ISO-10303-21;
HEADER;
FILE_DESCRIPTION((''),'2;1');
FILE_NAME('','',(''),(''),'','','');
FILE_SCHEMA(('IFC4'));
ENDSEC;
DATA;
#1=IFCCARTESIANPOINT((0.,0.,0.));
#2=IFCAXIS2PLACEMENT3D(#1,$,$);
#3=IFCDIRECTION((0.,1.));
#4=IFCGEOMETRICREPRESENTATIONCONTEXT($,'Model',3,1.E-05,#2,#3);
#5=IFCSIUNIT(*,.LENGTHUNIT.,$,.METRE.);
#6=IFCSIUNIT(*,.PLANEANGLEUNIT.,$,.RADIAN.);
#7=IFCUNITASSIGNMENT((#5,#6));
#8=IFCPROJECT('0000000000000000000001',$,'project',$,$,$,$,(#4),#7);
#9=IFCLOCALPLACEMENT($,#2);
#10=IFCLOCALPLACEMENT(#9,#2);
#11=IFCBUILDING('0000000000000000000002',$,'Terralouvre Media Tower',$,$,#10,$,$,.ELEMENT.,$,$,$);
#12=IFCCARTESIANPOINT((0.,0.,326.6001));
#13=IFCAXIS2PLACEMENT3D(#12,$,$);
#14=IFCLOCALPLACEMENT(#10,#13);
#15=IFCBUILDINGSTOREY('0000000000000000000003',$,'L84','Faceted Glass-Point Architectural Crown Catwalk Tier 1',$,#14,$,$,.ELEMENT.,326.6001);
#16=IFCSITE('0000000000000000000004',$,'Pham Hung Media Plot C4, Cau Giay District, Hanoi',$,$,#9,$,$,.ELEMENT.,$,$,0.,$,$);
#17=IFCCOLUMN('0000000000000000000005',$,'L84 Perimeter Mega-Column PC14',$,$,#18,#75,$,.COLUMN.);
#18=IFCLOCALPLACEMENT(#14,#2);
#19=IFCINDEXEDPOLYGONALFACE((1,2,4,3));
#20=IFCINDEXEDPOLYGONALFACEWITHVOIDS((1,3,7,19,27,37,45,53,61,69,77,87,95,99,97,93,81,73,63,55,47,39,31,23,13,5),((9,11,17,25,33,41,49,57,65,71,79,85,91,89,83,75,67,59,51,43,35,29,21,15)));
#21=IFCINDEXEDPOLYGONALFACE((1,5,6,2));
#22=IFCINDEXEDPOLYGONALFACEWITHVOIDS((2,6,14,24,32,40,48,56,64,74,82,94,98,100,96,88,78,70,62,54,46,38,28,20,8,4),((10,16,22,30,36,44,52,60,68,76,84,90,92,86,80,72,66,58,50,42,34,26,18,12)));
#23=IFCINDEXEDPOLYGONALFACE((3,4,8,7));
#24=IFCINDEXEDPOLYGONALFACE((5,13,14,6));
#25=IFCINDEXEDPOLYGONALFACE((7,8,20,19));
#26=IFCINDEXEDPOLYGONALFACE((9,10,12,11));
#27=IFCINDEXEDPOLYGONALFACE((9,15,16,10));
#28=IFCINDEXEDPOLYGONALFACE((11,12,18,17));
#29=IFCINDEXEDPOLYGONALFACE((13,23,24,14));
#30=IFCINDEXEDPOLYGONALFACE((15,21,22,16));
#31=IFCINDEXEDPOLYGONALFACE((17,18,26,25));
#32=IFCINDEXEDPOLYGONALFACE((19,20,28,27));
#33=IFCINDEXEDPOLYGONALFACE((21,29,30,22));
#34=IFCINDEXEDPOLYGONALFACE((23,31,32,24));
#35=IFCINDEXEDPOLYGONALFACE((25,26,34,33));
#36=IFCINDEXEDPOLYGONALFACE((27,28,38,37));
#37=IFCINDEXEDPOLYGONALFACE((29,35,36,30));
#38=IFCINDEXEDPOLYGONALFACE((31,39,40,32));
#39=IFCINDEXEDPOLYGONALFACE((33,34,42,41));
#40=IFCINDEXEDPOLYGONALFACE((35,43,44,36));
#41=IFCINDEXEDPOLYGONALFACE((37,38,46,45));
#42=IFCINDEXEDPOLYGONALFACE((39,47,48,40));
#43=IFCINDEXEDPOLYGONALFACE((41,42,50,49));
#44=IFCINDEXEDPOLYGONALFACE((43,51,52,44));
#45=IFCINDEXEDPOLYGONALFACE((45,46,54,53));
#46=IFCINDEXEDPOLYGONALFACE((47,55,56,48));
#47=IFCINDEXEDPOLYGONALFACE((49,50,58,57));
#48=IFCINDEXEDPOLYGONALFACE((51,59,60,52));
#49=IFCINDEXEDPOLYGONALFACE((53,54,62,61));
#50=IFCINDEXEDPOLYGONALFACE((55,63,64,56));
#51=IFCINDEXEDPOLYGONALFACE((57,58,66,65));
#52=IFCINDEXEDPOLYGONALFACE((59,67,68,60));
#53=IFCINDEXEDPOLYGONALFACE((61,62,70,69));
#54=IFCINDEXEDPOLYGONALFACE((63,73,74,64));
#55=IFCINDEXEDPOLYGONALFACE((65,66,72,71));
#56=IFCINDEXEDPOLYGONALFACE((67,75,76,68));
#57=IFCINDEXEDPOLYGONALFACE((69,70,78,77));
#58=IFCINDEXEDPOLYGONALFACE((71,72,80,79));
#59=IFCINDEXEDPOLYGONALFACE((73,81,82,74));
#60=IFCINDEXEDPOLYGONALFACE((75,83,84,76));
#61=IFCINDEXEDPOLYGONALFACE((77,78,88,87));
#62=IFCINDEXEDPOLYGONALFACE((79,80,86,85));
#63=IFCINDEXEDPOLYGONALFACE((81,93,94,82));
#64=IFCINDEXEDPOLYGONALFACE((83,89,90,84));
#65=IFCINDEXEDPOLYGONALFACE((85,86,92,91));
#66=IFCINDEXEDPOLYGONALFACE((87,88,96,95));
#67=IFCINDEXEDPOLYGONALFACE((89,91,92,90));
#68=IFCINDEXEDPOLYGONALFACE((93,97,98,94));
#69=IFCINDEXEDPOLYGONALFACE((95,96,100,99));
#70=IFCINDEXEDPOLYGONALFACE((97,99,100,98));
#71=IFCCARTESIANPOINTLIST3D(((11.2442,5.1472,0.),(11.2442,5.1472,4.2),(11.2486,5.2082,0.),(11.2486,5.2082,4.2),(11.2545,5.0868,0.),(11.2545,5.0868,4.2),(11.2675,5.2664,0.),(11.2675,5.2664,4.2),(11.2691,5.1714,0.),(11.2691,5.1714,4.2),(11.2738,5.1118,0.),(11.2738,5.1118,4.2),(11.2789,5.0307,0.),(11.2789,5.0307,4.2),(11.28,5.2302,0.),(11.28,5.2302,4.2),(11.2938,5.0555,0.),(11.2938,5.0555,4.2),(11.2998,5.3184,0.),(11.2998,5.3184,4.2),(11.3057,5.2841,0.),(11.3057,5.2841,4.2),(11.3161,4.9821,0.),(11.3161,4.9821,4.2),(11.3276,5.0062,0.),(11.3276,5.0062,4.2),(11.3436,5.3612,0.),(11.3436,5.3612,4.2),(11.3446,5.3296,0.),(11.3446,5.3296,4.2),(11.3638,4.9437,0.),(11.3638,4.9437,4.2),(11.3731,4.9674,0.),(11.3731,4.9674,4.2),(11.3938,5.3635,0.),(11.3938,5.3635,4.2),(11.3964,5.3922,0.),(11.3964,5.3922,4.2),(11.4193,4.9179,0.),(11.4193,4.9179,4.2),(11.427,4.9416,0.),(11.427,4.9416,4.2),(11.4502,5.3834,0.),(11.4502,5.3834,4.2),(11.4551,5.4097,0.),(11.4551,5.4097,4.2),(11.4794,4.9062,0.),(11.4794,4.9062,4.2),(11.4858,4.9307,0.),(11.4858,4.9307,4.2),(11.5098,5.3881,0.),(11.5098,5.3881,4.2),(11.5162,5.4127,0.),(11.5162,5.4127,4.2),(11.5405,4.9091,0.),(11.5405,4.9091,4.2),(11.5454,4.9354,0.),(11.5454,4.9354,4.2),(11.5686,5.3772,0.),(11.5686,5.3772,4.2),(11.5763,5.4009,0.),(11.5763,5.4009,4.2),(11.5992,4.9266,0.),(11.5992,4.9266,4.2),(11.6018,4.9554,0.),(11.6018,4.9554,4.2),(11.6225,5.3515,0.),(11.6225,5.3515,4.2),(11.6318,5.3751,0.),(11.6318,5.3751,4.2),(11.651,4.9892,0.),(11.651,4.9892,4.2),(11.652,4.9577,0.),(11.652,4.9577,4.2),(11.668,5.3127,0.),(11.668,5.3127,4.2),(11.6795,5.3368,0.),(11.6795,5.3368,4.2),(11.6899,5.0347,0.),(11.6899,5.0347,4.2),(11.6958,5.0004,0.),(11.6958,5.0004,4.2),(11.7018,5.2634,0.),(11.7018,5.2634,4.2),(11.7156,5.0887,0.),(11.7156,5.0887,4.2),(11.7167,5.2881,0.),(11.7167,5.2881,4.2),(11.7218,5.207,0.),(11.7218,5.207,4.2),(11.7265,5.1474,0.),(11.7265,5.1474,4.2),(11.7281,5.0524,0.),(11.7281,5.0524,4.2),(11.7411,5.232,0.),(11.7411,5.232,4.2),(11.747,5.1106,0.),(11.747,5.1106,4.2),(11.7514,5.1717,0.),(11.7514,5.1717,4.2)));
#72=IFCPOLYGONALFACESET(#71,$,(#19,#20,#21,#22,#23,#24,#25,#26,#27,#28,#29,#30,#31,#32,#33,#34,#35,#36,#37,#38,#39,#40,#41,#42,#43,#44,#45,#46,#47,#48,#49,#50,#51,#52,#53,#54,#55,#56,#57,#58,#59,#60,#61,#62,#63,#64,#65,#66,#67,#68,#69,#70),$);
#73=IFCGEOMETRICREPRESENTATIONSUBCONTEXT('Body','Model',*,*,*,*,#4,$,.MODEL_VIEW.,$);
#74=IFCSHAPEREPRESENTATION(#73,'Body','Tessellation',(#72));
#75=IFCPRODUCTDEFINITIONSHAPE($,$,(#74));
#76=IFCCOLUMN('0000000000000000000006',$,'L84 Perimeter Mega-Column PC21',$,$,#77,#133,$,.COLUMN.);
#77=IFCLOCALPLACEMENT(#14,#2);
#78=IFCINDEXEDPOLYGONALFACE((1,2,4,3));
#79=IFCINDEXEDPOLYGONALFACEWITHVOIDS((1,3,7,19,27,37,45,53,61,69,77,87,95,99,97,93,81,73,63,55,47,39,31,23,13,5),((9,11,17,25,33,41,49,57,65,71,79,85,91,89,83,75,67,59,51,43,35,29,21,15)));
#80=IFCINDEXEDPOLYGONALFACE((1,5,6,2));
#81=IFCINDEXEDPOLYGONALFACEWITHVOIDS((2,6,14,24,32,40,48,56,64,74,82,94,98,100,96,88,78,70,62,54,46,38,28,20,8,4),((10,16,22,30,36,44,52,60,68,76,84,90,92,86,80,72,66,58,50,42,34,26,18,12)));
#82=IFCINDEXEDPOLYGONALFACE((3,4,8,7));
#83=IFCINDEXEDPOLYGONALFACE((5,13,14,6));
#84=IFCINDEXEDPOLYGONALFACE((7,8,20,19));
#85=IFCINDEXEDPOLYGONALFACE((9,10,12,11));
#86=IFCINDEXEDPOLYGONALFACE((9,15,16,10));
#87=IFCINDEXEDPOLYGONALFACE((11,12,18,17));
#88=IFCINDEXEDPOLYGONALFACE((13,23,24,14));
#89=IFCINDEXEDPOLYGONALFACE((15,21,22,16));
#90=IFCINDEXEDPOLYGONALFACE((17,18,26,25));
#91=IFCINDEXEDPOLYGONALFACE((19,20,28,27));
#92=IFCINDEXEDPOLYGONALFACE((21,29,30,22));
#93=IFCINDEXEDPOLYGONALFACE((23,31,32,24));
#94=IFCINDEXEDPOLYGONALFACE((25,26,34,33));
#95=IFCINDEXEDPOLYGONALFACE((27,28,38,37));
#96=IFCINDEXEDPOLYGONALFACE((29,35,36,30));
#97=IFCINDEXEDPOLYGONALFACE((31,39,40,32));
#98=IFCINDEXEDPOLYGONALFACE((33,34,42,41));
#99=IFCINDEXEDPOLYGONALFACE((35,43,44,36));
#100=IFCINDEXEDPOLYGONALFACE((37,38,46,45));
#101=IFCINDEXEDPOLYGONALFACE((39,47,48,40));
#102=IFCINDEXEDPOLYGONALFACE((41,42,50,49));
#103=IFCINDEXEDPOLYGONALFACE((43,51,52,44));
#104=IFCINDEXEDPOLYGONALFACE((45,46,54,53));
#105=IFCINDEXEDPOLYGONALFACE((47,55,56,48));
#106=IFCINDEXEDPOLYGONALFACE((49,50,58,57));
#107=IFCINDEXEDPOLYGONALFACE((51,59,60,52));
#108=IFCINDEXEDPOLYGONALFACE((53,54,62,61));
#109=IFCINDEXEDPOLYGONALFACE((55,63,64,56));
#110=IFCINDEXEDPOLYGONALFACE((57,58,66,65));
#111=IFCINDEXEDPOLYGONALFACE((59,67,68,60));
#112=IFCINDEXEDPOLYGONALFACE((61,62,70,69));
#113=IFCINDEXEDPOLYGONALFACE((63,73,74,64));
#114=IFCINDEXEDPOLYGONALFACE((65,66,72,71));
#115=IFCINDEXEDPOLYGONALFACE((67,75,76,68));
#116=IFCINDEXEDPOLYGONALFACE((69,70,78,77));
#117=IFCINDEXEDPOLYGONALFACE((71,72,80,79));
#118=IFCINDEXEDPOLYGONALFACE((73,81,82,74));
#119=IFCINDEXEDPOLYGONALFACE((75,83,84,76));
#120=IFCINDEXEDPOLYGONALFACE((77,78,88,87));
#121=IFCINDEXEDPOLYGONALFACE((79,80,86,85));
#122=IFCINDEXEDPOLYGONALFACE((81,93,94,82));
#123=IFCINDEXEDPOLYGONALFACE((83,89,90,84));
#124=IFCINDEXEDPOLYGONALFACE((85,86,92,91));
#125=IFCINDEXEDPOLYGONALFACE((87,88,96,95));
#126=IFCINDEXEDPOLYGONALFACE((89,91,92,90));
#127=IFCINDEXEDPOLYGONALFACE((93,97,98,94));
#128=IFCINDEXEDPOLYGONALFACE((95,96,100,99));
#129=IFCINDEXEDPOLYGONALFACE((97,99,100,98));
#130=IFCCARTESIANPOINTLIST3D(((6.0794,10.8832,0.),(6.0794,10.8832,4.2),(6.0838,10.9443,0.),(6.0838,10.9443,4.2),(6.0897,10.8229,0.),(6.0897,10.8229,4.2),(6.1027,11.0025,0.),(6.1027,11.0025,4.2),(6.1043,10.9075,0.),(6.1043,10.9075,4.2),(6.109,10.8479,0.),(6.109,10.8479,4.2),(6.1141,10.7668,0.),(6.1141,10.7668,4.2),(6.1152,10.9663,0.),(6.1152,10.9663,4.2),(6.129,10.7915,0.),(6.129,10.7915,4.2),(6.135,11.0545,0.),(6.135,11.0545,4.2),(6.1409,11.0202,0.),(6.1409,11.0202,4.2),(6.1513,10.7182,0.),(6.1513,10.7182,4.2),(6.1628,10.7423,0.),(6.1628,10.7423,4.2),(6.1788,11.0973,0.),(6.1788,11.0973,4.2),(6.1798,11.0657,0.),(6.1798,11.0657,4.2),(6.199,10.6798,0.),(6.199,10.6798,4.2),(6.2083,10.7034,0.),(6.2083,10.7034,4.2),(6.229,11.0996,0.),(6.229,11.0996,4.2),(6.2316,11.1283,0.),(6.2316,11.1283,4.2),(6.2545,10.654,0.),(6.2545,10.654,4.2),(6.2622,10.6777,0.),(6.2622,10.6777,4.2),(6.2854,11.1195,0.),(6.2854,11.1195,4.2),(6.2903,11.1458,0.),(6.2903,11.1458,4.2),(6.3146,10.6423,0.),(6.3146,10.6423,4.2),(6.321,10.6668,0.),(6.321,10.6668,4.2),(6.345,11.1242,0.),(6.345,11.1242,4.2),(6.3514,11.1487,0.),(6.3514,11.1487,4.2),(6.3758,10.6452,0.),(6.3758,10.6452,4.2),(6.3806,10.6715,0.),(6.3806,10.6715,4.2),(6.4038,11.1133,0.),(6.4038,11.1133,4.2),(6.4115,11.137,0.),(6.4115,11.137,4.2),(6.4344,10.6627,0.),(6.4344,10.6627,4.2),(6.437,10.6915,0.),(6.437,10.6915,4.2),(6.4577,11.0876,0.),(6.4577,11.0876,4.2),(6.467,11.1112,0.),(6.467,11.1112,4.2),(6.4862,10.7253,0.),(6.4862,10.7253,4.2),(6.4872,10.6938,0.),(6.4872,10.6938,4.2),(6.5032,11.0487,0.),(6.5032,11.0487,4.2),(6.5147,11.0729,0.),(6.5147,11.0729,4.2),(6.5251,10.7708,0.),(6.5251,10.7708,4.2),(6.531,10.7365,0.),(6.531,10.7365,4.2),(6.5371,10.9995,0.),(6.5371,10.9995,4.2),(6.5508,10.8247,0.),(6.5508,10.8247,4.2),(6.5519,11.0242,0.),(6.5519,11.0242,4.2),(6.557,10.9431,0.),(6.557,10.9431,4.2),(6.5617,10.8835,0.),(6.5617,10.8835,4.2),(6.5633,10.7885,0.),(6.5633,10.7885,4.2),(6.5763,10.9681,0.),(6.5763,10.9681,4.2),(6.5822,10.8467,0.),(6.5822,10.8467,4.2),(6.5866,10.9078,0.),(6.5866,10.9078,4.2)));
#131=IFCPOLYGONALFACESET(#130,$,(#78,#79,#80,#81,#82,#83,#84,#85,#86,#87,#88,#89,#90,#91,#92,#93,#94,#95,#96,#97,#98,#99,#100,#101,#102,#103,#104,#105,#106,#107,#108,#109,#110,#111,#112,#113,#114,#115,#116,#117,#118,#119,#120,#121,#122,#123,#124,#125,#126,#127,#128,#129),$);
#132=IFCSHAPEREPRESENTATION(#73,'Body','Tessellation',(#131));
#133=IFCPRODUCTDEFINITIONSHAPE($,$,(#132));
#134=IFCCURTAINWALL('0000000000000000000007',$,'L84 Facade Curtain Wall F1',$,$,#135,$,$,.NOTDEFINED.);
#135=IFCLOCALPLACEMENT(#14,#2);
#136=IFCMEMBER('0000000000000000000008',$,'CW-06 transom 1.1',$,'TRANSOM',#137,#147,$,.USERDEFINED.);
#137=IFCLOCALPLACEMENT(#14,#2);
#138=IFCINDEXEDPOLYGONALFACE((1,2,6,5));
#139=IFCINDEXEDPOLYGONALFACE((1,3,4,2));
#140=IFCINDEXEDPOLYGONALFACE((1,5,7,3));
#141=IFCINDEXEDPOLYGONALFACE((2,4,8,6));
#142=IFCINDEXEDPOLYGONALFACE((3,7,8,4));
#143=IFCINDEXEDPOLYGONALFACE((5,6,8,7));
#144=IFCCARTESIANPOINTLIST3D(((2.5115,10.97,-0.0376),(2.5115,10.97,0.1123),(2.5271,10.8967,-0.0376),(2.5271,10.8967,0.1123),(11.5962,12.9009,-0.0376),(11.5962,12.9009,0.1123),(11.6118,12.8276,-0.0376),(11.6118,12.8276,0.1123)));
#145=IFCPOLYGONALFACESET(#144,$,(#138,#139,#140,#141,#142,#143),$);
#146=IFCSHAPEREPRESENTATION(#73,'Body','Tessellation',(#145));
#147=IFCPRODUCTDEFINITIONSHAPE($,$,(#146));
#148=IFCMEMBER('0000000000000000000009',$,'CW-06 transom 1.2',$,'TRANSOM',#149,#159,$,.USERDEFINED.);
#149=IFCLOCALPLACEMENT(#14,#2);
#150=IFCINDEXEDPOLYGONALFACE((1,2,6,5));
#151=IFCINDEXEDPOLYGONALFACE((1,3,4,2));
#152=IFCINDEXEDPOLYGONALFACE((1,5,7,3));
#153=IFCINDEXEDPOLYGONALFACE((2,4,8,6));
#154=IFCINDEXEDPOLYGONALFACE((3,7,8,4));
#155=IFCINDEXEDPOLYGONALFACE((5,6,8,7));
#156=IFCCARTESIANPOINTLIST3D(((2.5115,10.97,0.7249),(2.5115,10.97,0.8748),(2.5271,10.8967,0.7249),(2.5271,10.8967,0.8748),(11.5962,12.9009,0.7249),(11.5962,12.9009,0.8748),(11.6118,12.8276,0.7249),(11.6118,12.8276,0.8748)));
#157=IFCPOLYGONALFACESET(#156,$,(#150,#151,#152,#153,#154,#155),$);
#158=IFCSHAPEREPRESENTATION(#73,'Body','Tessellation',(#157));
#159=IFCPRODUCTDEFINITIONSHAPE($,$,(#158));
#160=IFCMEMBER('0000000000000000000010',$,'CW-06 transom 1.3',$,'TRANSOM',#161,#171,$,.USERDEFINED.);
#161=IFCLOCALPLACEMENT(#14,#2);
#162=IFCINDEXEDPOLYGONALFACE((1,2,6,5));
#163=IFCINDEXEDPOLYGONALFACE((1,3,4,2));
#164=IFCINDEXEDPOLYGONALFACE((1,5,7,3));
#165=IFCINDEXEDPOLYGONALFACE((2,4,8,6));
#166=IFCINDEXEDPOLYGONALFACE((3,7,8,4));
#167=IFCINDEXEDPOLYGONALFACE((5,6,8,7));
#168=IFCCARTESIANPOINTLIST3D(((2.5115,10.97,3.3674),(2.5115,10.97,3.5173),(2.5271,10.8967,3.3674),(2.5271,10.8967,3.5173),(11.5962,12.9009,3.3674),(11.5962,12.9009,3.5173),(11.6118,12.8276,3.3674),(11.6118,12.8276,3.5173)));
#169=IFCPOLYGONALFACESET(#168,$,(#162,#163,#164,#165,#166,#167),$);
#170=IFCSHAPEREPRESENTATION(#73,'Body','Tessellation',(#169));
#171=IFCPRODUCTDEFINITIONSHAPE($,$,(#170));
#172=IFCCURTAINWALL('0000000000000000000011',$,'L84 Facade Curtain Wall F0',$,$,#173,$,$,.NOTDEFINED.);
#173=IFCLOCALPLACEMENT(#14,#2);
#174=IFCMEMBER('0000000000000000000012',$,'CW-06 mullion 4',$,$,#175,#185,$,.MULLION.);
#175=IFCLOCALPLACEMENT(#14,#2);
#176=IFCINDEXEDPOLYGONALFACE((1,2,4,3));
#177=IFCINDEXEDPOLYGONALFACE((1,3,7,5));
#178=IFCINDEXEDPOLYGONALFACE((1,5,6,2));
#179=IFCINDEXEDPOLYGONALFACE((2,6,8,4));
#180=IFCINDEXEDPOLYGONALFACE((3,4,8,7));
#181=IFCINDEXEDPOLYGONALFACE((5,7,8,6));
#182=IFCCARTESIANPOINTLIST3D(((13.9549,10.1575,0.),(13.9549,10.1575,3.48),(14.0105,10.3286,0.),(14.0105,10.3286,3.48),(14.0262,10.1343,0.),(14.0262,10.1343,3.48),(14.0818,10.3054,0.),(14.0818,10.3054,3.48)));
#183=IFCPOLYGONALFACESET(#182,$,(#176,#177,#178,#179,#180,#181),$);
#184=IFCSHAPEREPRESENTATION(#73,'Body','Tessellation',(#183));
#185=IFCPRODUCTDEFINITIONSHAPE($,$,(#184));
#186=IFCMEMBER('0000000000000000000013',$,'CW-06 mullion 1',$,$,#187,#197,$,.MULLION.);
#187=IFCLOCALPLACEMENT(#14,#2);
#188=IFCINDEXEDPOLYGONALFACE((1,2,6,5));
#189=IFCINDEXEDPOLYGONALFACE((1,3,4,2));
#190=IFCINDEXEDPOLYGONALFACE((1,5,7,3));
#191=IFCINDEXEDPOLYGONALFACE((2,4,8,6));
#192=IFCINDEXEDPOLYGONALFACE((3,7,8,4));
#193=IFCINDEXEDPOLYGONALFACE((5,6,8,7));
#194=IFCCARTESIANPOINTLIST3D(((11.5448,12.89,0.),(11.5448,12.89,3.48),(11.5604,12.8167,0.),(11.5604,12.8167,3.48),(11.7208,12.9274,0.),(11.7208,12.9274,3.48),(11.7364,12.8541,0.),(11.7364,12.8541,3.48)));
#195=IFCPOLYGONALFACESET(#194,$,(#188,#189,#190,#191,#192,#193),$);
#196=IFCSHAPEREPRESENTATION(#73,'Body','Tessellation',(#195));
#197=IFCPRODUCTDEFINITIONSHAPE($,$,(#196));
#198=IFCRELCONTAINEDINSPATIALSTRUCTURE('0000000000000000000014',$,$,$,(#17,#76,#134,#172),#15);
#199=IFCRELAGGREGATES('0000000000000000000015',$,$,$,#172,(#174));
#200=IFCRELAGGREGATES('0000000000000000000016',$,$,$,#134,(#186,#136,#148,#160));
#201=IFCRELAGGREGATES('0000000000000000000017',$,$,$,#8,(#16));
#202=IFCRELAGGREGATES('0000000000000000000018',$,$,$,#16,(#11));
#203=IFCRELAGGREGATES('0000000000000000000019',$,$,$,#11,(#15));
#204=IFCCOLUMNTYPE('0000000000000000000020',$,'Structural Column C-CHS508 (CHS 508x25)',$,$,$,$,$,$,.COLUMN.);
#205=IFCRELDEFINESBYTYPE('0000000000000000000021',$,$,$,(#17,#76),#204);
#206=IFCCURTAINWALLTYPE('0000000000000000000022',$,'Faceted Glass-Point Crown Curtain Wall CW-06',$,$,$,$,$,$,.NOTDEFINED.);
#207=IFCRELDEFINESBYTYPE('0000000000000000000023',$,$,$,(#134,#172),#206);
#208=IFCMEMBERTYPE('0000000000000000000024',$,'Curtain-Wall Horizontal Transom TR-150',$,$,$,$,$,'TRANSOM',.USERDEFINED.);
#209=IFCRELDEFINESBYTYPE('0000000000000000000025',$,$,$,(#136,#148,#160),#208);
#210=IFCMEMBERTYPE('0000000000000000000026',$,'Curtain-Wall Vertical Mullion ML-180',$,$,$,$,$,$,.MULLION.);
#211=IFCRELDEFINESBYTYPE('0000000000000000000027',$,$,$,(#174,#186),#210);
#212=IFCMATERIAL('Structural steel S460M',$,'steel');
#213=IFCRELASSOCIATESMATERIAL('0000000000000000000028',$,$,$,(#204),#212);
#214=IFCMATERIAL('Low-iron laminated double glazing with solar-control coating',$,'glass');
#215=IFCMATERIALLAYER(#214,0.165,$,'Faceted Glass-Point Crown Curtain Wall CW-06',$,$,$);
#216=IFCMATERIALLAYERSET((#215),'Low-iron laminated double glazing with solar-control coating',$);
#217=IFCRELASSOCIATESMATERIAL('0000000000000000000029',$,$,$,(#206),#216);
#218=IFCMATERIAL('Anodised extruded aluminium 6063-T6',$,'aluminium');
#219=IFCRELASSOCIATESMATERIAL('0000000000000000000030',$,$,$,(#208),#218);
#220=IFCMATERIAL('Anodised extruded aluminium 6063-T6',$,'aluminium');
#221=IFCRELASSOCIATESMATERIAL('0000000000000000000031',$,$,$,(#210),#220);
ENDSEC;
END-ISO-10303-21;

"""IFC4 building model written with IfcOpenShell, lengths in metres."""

from ifc_helpers import new_model, si_unit, direction, frame, origin, origin_2d, place, context, subcontext, project, spatial, rectangle, hollow_circle, extrude, material, layer, layer_set, material_profile, profile_set, type_object, element, aggregate, save


model = new_model("IFC4")

# Units and contexts
model_context = context("Model", 3, precision=1e-05, world=origin(), true_north=direction((0.0, 1.0)))
body_context = subcontext(model_context, "Body", "Model", "MODEL_VIEW")
ifc_project = project(units=[si_unit("LENGTHUNIT", "METRE"), si_unit("PLANEANGLEUNIT", "RADIAN")], contexts=[model_context])

# Site, building, storey
site_placement = place(None, origin())
site = spatial("IfcSite", under=ifc_project, at=site_placement, Name="Pham Hung Media Plot C4, Cau Giay District, Hanoi", CompositionType="ELEMENT", RefElevation=0.0)
building_placement = place(site_placement, origin())
building = spatial("IfcBuilding", under=site, at=building_placement, Name="Terralouvre Media Tower", CompositionType="ELEMENT")
storey_placement = place(building_placement, frame((0.0, 0.0, 326.6001)))
storey = spatial("IfcBuildingStorey", under=building, at=storey_placement, Name="L84", Description="Faceted Glass-Point Architectural Crown Catwalk Tier 1", CompositionType="ELEMENT", Elevation=326.6001)

# Columns
ifc_material_1 = material(Name="Structural steel S460M", Category="steel")
ifc_material_profile_1 = material_profile(ifc_material_1, hollow_circle(Radius=0.2539, WallThickness=0.0249, at=origin_2d()), Name="CHS 508x25")
ifc_profile_set_1 = profile_set([ifc_material_profile_1], Name="Structural steel S460M")
column_type = type_object("IfcColumnType", Name="Structural Column C-CHS508 (CHS 508x25)", PredefinedType="COLUMN", material=ifc_profile_set_1)
for number, where, z_axis, x_axis, name in (
    (1, (11.4978, 5.1594, 0.0), (0.0, 0.0, 1.0), (0.309017, 0.951057, 0.0), "L84 Perimeter Mega-Column PC14"),
    (2, (6.333, 10.8955, 0.0), (0.0, 0.0, 1.0), (0.309017, 0.951057, 0.0), "L84 Perimeter Mega-Column PC21"),
):
    element("IfcColumn", number, at=place(storey_placement, frame(where, z_axis=z_axis, x_axis=x_axis)), inside=storey, type_object=column_type, Name=name, PredefinedType="COLUMN", context=body_context, shape_type="SweptSolid", body=[
        extrude(hollow_circle(Radius=0.2539, WallThickness=0.0249, at=origin_2d()), origin(), (0.0, 0.0, 1.0), 4.2),
    ])

# Curtain wall, members
ifc_material_2 = material(Name="Low-iron laminated double glazing with solar-control coating", Category="glass")
ifc_layer_1 = layer(ifc_material_2, 0.165, Name="Faceted Glass-Point Crown Curtain Wall CW-06")
ifc_layer_set_1 = layer_set([ifc_layer_1], Name="Low-iron laminated double glazing with solar-control coating")
curtain_wall_type = type_object("IfcCurtainWallType", Name="Faceted Glass-Point Crown Curtain Wall CW-06", PredefinedType="NOTDEFINED", material=ifc_layer_set_1)
curtain_wall_1_placement = place(storey_placement, origin())
curtain_wall_1 = element("IfcCurtainWall", 3, at=curtain_wall_1_placement, inside=storey, type_object=curtain_wall_type, Name="L84 Facade Curtain Wall F1", PredefinedType="NOTDEFINED")
ifc_material_3 = material(Name="Anodised extruded aluminium 6063-T6", Category="aluminium")
ifc_material_profile_2 = material_profile(ifc_material_3, rectangle(XDim=0.075, YDim=0.1499, at=origin_2d()), Name="ALU 75x150")
ifc_profile_set_2 = profile_set([ifc_material_profile_2], Name="Anodised extruded aluminium 6063-T6")
member_type_1 = type_object("IfcMemberType", Name="Curtain-Wall Horizontal Transom TR-150", ElementType="TRANSOM", PredefinedType="USERDEFINED", material=ifc_profile_set_2)
member_1_placement = place(storey_placement, frame((11.604, 12.8643, 0.0374), z_axis=(-0.97815, -0.207901, 0.0), x_axis=(0.207901, -0.97815, 0.0)))
member_1 = element("IfcMember", 4, at=member_1_placement, type_object=member_type_1, Name="CW-06 transom 1.1", ObjectType="TRANSOM", PredefinedType="USERDEFINED", context=body_context, shape_type="SweptSolid", body=[
    extrude(rectangle(XDim=0.075, YDim=0.1499, at=origin_2d()), origin(), (0.0, 0.0, 1.0), 9.2876),
])
member_2_placement = place(storey_placement, frame((11.604, 12.8643, 0.7998), z_axis=(-0.97815, -0.207901, 0.0), x_axis=(0.207901, -0.97815, 0.0)))
member_2 = element("IfcMember", 5, at=member_2_placement, type_object=member_type_1, Name="CW-06 transom 1.2", ObjectType="TRANSOM", PredefinedType="USERDEFINED", context=body_context, shape_type="SweptSolid", body=[
    extrude(rectangle(XDim=0.075, YDim=0.1499, at=origin_2d()), origin(), (0.0, 0.0, 1.0), 9.2876),
])
member_3_placement = place(storey_placement, frame((11.604, 12.8643, 3.4424), z_axis=(-0.97815, -0.207901, 0.0), x_axis=(0.207901, -0.97815, 0.0)))
member_3 = element("IfcMember", 6, at=member_3_placement, type_object=member_type_1, Name="CW-06 transom 1.3", ObjectType="TRANSOM", PredefinedType="USERDEFINED", context=body_context, shape_type="SweptSolid", body=[
    extrude(rectangle(XDim=0.075, YDim=0.1499, at=origin_2d()), origin(), (0.0, 0.0, 1.0), 9.2876),
])

# Curtain wall, member
curtain_wall_2_placement = place(storey_placement, origin())
curtain_wall_2 = element("IfcCurtainWall", 7, at=curtain_wall_2_placement, inside=storey, type_object=curtain_wall_type, Name="L84 Facade Curtain Wall F0", PredefinedType="NOTDEFINED")
ifc_material_4 = material(Name="Anodised extruded aluminium 6063-T6", Category="aluminium")
ifc_material_profile_3 = material_profile(ifc_material_4, rectangle(XDim=0.075, YDim=0.1799, at=origin_2d()), Name="ALU 75x180")
ifc_profile_set_3 = profile_set([ifc_material_profile_3], Name="Anodised extruded aluminium 6063-T6")
member_type_2 = type_object("IfcMemberType", Name="Curtain-Wall Vertical Mullion ML-180", PredefinedType="MULLION", material=ifc_profile_set_3)
member_4_placement = place(storey_placement, frame((14.0183, 10.2314, 0.0), z_axis=(0.0, 0.0, 1.0), x_axis=(-0.951057, 0.309017, 0.0)))
member_4 = element("IfcMember", 8, at=member_4_placement, type_object=member_type_2, Name="CW-06 mullion 4", PredefinedType="MULLION", context=body_context, shape_type="SweptSolid", body=[
    extrude(rectangle(XDim=0.075, YDim=0.1799, at=origin_2d()), origin(), (0.0, 0.0, 1.0), 3.48),
])

# Member
member_5_placement = place(storey_placement, frame((11.6406, 12.8721, 0.0), z_axis=(0.0, 0.0, 1.0), x_axis=(0.207912, -0.978148, 0.0)))
member_5 = element("IfcMember", 9, at=member_5_placement, type_object=member_type_2, Name="CW-06 mullion 1", PredefinedType="MULLION", context=body_context, shape_type="SweptSolid", body=[
    extrude(rectangle(XDim=0.075, YDim=0.1799, at=origin_2d()), origin(), (0.0, 0.0, 1.0), 3.48),
])

aggregate(curtain_wall_2, [member_4])
aggregate(curtain_wall_1, [member_5, member_1, member_2, member_3])

save(model, "model.ifc")
